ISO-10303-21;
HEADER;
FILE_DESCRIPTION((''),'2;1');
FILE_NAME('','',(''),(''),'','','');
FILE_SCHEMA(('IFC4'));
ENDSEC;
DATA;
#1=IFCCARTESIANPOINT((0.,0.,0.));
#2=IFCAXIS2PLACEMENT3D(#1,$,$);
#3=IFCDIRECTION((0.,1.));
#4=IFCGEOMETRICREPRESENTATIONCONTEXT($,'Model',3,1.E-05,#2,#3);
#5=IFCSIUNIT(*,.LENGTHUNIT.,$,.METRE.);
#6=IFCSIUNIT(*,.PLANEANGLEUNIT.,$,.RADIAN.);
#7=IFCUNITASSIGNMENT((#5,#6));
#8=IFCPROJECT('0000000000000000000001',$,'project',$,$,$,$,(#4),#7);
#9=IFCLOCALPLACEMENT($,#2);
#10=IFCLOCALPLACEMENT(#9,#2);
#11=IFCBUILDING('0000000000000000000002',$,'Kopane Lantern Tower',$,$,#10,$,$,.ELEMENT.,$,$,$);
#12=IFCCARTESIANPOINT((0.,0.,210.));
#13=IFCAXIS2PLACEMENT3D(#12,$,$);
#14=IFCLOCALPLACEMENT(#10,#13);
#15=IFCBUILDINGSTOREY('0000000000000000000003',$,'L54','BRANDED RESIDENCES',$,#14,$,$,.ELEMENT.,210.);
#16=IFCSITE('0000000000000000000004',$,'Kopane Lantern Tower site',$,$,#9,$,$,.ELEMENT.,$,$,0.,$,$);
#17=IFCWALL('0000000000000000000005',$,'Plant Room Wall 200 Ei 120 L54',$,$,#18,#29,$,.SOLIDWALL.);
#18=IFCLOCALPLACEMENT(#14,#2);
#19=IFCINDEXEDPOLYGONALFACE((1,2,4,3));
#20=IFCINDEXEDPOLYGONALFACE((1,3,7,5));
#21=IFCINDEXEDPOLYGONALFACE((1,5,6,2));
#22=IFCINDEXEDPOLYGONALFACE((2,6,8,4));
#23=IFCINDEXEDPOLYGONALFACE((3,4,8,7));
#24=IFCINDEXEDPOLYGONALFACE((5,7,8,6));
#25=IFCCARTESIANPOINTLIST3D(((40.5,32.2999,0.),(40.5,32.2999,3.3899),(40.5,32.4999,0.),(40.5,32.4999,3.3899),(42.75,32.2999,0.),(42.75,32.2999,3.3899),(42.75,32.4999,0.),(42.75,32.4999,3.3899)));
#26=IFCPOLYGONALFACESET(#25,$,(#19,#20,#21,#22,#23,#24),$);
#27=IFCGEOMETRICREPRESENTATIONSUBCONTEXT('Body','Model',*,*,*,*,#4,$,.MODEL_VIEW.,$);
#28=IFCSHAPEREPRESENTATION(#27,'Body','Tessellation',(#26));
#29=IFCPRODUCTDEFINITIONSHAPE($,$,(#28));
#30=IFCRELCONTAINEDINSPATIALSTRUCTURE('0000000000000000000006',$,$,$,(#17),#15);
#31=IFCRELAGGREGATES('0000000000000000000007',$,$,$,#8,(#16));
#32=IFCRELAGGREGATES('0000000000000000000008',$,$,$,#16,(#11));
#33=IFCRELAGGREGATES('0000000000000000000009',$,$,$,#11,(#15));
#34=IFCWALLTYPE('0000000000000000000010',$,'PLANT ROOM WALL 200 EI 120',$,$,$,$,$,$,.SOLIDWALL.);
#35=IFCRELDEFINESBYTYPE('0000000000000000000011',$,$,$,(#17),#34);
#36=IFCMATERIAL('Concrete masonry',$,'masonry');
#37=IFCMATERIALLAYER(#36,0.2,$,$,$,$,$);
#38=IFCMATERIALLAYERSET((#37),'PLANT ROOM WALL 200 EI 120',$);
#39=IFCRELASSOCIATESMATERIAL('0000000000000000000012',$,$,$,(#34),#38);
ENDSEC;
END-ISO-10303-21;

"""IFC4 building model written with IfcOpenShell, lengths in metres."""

from ifc_helpers import new_model, si_unit, direction, frame, frame_2d, origin, place, context, subcontext, project, spatial, rectangle, extrude, material, layer, layer_set, type_object, element, save


model = new_model("IFC4")

# Units and contexts
model_context = context("Model", 3, precision=1e-05, world=origin(), true_north=direction((0.0, 1.0)))
body_context = subcontext(model_context, "Body", "Model", "MODEL_VIEW")
ifc_project = project(units=[si_unit("LENGTHUNIT", "METRE"), si_unit("PLANEANGLEUNIT", "RADIAN")], contexts=[model_context])

# Site, building, storey
site_placement = place(None, origin())
site = spatial("IfcSite", under=ifc_project, at=site_placement, Name="Kopane Lantern Tower site", CompositionType="ELEMENT", RefElevation=0.0)
building_placement = place(site_placement, origin())
building = spatial("IfcBuilding", under=site, at=building_placement, Name="Kopane Lantern Tower", CompositionType="ELEMENT")
storey_placement = place(building_placement, frame((0.0, 0.0, 210.0)))
storey = spatial("IfcBuildingStorey", under=building, at=storey_placement, Name="L54", Description="BRANDED RESIDENCES", CompositionType="ELEMENT", Elevation=210.0)

# Wall
ifc_material_1 = material(Name="Concrete masonry", Category="masonry")
ifc_layer_1 = layer(ifc_material_1, 0.2)
ifc_layer_set_1 = layer_set([ifc_layer_1], Name="PLANT ROOM WALL 200 EI 120")
wall_type_1 = type_object("IfcWallType", Name="PLANT ROOM WALL 200 EI 120", PredefinedType="SOLIDWALL", material=ifc_layer_set_1)
wall_1_placement = place(storey_placement, frame((40.5, 32.3999, 0.0), z_axis=(0.0, 0.0, 1.0), x_axis=(1.0, 0.0, 0.0)))
element("IfcWall", 1, at=wall_1_placement, inside=storey, type_object=wall_type_1, Name="Plant Room Wall 200 Ei 120 L54", PredefinedType="SOLIDWALL", context=body_context, shape_type="SweptSolid", body=[
    extrude(rectangle(XDim=2.25, YDim=0.2, at=frame_2d((1.125, 0.0))), origin(), (0.0, 0.0, 1.0), 3.3899),
])

save(model, "model.ifc")
